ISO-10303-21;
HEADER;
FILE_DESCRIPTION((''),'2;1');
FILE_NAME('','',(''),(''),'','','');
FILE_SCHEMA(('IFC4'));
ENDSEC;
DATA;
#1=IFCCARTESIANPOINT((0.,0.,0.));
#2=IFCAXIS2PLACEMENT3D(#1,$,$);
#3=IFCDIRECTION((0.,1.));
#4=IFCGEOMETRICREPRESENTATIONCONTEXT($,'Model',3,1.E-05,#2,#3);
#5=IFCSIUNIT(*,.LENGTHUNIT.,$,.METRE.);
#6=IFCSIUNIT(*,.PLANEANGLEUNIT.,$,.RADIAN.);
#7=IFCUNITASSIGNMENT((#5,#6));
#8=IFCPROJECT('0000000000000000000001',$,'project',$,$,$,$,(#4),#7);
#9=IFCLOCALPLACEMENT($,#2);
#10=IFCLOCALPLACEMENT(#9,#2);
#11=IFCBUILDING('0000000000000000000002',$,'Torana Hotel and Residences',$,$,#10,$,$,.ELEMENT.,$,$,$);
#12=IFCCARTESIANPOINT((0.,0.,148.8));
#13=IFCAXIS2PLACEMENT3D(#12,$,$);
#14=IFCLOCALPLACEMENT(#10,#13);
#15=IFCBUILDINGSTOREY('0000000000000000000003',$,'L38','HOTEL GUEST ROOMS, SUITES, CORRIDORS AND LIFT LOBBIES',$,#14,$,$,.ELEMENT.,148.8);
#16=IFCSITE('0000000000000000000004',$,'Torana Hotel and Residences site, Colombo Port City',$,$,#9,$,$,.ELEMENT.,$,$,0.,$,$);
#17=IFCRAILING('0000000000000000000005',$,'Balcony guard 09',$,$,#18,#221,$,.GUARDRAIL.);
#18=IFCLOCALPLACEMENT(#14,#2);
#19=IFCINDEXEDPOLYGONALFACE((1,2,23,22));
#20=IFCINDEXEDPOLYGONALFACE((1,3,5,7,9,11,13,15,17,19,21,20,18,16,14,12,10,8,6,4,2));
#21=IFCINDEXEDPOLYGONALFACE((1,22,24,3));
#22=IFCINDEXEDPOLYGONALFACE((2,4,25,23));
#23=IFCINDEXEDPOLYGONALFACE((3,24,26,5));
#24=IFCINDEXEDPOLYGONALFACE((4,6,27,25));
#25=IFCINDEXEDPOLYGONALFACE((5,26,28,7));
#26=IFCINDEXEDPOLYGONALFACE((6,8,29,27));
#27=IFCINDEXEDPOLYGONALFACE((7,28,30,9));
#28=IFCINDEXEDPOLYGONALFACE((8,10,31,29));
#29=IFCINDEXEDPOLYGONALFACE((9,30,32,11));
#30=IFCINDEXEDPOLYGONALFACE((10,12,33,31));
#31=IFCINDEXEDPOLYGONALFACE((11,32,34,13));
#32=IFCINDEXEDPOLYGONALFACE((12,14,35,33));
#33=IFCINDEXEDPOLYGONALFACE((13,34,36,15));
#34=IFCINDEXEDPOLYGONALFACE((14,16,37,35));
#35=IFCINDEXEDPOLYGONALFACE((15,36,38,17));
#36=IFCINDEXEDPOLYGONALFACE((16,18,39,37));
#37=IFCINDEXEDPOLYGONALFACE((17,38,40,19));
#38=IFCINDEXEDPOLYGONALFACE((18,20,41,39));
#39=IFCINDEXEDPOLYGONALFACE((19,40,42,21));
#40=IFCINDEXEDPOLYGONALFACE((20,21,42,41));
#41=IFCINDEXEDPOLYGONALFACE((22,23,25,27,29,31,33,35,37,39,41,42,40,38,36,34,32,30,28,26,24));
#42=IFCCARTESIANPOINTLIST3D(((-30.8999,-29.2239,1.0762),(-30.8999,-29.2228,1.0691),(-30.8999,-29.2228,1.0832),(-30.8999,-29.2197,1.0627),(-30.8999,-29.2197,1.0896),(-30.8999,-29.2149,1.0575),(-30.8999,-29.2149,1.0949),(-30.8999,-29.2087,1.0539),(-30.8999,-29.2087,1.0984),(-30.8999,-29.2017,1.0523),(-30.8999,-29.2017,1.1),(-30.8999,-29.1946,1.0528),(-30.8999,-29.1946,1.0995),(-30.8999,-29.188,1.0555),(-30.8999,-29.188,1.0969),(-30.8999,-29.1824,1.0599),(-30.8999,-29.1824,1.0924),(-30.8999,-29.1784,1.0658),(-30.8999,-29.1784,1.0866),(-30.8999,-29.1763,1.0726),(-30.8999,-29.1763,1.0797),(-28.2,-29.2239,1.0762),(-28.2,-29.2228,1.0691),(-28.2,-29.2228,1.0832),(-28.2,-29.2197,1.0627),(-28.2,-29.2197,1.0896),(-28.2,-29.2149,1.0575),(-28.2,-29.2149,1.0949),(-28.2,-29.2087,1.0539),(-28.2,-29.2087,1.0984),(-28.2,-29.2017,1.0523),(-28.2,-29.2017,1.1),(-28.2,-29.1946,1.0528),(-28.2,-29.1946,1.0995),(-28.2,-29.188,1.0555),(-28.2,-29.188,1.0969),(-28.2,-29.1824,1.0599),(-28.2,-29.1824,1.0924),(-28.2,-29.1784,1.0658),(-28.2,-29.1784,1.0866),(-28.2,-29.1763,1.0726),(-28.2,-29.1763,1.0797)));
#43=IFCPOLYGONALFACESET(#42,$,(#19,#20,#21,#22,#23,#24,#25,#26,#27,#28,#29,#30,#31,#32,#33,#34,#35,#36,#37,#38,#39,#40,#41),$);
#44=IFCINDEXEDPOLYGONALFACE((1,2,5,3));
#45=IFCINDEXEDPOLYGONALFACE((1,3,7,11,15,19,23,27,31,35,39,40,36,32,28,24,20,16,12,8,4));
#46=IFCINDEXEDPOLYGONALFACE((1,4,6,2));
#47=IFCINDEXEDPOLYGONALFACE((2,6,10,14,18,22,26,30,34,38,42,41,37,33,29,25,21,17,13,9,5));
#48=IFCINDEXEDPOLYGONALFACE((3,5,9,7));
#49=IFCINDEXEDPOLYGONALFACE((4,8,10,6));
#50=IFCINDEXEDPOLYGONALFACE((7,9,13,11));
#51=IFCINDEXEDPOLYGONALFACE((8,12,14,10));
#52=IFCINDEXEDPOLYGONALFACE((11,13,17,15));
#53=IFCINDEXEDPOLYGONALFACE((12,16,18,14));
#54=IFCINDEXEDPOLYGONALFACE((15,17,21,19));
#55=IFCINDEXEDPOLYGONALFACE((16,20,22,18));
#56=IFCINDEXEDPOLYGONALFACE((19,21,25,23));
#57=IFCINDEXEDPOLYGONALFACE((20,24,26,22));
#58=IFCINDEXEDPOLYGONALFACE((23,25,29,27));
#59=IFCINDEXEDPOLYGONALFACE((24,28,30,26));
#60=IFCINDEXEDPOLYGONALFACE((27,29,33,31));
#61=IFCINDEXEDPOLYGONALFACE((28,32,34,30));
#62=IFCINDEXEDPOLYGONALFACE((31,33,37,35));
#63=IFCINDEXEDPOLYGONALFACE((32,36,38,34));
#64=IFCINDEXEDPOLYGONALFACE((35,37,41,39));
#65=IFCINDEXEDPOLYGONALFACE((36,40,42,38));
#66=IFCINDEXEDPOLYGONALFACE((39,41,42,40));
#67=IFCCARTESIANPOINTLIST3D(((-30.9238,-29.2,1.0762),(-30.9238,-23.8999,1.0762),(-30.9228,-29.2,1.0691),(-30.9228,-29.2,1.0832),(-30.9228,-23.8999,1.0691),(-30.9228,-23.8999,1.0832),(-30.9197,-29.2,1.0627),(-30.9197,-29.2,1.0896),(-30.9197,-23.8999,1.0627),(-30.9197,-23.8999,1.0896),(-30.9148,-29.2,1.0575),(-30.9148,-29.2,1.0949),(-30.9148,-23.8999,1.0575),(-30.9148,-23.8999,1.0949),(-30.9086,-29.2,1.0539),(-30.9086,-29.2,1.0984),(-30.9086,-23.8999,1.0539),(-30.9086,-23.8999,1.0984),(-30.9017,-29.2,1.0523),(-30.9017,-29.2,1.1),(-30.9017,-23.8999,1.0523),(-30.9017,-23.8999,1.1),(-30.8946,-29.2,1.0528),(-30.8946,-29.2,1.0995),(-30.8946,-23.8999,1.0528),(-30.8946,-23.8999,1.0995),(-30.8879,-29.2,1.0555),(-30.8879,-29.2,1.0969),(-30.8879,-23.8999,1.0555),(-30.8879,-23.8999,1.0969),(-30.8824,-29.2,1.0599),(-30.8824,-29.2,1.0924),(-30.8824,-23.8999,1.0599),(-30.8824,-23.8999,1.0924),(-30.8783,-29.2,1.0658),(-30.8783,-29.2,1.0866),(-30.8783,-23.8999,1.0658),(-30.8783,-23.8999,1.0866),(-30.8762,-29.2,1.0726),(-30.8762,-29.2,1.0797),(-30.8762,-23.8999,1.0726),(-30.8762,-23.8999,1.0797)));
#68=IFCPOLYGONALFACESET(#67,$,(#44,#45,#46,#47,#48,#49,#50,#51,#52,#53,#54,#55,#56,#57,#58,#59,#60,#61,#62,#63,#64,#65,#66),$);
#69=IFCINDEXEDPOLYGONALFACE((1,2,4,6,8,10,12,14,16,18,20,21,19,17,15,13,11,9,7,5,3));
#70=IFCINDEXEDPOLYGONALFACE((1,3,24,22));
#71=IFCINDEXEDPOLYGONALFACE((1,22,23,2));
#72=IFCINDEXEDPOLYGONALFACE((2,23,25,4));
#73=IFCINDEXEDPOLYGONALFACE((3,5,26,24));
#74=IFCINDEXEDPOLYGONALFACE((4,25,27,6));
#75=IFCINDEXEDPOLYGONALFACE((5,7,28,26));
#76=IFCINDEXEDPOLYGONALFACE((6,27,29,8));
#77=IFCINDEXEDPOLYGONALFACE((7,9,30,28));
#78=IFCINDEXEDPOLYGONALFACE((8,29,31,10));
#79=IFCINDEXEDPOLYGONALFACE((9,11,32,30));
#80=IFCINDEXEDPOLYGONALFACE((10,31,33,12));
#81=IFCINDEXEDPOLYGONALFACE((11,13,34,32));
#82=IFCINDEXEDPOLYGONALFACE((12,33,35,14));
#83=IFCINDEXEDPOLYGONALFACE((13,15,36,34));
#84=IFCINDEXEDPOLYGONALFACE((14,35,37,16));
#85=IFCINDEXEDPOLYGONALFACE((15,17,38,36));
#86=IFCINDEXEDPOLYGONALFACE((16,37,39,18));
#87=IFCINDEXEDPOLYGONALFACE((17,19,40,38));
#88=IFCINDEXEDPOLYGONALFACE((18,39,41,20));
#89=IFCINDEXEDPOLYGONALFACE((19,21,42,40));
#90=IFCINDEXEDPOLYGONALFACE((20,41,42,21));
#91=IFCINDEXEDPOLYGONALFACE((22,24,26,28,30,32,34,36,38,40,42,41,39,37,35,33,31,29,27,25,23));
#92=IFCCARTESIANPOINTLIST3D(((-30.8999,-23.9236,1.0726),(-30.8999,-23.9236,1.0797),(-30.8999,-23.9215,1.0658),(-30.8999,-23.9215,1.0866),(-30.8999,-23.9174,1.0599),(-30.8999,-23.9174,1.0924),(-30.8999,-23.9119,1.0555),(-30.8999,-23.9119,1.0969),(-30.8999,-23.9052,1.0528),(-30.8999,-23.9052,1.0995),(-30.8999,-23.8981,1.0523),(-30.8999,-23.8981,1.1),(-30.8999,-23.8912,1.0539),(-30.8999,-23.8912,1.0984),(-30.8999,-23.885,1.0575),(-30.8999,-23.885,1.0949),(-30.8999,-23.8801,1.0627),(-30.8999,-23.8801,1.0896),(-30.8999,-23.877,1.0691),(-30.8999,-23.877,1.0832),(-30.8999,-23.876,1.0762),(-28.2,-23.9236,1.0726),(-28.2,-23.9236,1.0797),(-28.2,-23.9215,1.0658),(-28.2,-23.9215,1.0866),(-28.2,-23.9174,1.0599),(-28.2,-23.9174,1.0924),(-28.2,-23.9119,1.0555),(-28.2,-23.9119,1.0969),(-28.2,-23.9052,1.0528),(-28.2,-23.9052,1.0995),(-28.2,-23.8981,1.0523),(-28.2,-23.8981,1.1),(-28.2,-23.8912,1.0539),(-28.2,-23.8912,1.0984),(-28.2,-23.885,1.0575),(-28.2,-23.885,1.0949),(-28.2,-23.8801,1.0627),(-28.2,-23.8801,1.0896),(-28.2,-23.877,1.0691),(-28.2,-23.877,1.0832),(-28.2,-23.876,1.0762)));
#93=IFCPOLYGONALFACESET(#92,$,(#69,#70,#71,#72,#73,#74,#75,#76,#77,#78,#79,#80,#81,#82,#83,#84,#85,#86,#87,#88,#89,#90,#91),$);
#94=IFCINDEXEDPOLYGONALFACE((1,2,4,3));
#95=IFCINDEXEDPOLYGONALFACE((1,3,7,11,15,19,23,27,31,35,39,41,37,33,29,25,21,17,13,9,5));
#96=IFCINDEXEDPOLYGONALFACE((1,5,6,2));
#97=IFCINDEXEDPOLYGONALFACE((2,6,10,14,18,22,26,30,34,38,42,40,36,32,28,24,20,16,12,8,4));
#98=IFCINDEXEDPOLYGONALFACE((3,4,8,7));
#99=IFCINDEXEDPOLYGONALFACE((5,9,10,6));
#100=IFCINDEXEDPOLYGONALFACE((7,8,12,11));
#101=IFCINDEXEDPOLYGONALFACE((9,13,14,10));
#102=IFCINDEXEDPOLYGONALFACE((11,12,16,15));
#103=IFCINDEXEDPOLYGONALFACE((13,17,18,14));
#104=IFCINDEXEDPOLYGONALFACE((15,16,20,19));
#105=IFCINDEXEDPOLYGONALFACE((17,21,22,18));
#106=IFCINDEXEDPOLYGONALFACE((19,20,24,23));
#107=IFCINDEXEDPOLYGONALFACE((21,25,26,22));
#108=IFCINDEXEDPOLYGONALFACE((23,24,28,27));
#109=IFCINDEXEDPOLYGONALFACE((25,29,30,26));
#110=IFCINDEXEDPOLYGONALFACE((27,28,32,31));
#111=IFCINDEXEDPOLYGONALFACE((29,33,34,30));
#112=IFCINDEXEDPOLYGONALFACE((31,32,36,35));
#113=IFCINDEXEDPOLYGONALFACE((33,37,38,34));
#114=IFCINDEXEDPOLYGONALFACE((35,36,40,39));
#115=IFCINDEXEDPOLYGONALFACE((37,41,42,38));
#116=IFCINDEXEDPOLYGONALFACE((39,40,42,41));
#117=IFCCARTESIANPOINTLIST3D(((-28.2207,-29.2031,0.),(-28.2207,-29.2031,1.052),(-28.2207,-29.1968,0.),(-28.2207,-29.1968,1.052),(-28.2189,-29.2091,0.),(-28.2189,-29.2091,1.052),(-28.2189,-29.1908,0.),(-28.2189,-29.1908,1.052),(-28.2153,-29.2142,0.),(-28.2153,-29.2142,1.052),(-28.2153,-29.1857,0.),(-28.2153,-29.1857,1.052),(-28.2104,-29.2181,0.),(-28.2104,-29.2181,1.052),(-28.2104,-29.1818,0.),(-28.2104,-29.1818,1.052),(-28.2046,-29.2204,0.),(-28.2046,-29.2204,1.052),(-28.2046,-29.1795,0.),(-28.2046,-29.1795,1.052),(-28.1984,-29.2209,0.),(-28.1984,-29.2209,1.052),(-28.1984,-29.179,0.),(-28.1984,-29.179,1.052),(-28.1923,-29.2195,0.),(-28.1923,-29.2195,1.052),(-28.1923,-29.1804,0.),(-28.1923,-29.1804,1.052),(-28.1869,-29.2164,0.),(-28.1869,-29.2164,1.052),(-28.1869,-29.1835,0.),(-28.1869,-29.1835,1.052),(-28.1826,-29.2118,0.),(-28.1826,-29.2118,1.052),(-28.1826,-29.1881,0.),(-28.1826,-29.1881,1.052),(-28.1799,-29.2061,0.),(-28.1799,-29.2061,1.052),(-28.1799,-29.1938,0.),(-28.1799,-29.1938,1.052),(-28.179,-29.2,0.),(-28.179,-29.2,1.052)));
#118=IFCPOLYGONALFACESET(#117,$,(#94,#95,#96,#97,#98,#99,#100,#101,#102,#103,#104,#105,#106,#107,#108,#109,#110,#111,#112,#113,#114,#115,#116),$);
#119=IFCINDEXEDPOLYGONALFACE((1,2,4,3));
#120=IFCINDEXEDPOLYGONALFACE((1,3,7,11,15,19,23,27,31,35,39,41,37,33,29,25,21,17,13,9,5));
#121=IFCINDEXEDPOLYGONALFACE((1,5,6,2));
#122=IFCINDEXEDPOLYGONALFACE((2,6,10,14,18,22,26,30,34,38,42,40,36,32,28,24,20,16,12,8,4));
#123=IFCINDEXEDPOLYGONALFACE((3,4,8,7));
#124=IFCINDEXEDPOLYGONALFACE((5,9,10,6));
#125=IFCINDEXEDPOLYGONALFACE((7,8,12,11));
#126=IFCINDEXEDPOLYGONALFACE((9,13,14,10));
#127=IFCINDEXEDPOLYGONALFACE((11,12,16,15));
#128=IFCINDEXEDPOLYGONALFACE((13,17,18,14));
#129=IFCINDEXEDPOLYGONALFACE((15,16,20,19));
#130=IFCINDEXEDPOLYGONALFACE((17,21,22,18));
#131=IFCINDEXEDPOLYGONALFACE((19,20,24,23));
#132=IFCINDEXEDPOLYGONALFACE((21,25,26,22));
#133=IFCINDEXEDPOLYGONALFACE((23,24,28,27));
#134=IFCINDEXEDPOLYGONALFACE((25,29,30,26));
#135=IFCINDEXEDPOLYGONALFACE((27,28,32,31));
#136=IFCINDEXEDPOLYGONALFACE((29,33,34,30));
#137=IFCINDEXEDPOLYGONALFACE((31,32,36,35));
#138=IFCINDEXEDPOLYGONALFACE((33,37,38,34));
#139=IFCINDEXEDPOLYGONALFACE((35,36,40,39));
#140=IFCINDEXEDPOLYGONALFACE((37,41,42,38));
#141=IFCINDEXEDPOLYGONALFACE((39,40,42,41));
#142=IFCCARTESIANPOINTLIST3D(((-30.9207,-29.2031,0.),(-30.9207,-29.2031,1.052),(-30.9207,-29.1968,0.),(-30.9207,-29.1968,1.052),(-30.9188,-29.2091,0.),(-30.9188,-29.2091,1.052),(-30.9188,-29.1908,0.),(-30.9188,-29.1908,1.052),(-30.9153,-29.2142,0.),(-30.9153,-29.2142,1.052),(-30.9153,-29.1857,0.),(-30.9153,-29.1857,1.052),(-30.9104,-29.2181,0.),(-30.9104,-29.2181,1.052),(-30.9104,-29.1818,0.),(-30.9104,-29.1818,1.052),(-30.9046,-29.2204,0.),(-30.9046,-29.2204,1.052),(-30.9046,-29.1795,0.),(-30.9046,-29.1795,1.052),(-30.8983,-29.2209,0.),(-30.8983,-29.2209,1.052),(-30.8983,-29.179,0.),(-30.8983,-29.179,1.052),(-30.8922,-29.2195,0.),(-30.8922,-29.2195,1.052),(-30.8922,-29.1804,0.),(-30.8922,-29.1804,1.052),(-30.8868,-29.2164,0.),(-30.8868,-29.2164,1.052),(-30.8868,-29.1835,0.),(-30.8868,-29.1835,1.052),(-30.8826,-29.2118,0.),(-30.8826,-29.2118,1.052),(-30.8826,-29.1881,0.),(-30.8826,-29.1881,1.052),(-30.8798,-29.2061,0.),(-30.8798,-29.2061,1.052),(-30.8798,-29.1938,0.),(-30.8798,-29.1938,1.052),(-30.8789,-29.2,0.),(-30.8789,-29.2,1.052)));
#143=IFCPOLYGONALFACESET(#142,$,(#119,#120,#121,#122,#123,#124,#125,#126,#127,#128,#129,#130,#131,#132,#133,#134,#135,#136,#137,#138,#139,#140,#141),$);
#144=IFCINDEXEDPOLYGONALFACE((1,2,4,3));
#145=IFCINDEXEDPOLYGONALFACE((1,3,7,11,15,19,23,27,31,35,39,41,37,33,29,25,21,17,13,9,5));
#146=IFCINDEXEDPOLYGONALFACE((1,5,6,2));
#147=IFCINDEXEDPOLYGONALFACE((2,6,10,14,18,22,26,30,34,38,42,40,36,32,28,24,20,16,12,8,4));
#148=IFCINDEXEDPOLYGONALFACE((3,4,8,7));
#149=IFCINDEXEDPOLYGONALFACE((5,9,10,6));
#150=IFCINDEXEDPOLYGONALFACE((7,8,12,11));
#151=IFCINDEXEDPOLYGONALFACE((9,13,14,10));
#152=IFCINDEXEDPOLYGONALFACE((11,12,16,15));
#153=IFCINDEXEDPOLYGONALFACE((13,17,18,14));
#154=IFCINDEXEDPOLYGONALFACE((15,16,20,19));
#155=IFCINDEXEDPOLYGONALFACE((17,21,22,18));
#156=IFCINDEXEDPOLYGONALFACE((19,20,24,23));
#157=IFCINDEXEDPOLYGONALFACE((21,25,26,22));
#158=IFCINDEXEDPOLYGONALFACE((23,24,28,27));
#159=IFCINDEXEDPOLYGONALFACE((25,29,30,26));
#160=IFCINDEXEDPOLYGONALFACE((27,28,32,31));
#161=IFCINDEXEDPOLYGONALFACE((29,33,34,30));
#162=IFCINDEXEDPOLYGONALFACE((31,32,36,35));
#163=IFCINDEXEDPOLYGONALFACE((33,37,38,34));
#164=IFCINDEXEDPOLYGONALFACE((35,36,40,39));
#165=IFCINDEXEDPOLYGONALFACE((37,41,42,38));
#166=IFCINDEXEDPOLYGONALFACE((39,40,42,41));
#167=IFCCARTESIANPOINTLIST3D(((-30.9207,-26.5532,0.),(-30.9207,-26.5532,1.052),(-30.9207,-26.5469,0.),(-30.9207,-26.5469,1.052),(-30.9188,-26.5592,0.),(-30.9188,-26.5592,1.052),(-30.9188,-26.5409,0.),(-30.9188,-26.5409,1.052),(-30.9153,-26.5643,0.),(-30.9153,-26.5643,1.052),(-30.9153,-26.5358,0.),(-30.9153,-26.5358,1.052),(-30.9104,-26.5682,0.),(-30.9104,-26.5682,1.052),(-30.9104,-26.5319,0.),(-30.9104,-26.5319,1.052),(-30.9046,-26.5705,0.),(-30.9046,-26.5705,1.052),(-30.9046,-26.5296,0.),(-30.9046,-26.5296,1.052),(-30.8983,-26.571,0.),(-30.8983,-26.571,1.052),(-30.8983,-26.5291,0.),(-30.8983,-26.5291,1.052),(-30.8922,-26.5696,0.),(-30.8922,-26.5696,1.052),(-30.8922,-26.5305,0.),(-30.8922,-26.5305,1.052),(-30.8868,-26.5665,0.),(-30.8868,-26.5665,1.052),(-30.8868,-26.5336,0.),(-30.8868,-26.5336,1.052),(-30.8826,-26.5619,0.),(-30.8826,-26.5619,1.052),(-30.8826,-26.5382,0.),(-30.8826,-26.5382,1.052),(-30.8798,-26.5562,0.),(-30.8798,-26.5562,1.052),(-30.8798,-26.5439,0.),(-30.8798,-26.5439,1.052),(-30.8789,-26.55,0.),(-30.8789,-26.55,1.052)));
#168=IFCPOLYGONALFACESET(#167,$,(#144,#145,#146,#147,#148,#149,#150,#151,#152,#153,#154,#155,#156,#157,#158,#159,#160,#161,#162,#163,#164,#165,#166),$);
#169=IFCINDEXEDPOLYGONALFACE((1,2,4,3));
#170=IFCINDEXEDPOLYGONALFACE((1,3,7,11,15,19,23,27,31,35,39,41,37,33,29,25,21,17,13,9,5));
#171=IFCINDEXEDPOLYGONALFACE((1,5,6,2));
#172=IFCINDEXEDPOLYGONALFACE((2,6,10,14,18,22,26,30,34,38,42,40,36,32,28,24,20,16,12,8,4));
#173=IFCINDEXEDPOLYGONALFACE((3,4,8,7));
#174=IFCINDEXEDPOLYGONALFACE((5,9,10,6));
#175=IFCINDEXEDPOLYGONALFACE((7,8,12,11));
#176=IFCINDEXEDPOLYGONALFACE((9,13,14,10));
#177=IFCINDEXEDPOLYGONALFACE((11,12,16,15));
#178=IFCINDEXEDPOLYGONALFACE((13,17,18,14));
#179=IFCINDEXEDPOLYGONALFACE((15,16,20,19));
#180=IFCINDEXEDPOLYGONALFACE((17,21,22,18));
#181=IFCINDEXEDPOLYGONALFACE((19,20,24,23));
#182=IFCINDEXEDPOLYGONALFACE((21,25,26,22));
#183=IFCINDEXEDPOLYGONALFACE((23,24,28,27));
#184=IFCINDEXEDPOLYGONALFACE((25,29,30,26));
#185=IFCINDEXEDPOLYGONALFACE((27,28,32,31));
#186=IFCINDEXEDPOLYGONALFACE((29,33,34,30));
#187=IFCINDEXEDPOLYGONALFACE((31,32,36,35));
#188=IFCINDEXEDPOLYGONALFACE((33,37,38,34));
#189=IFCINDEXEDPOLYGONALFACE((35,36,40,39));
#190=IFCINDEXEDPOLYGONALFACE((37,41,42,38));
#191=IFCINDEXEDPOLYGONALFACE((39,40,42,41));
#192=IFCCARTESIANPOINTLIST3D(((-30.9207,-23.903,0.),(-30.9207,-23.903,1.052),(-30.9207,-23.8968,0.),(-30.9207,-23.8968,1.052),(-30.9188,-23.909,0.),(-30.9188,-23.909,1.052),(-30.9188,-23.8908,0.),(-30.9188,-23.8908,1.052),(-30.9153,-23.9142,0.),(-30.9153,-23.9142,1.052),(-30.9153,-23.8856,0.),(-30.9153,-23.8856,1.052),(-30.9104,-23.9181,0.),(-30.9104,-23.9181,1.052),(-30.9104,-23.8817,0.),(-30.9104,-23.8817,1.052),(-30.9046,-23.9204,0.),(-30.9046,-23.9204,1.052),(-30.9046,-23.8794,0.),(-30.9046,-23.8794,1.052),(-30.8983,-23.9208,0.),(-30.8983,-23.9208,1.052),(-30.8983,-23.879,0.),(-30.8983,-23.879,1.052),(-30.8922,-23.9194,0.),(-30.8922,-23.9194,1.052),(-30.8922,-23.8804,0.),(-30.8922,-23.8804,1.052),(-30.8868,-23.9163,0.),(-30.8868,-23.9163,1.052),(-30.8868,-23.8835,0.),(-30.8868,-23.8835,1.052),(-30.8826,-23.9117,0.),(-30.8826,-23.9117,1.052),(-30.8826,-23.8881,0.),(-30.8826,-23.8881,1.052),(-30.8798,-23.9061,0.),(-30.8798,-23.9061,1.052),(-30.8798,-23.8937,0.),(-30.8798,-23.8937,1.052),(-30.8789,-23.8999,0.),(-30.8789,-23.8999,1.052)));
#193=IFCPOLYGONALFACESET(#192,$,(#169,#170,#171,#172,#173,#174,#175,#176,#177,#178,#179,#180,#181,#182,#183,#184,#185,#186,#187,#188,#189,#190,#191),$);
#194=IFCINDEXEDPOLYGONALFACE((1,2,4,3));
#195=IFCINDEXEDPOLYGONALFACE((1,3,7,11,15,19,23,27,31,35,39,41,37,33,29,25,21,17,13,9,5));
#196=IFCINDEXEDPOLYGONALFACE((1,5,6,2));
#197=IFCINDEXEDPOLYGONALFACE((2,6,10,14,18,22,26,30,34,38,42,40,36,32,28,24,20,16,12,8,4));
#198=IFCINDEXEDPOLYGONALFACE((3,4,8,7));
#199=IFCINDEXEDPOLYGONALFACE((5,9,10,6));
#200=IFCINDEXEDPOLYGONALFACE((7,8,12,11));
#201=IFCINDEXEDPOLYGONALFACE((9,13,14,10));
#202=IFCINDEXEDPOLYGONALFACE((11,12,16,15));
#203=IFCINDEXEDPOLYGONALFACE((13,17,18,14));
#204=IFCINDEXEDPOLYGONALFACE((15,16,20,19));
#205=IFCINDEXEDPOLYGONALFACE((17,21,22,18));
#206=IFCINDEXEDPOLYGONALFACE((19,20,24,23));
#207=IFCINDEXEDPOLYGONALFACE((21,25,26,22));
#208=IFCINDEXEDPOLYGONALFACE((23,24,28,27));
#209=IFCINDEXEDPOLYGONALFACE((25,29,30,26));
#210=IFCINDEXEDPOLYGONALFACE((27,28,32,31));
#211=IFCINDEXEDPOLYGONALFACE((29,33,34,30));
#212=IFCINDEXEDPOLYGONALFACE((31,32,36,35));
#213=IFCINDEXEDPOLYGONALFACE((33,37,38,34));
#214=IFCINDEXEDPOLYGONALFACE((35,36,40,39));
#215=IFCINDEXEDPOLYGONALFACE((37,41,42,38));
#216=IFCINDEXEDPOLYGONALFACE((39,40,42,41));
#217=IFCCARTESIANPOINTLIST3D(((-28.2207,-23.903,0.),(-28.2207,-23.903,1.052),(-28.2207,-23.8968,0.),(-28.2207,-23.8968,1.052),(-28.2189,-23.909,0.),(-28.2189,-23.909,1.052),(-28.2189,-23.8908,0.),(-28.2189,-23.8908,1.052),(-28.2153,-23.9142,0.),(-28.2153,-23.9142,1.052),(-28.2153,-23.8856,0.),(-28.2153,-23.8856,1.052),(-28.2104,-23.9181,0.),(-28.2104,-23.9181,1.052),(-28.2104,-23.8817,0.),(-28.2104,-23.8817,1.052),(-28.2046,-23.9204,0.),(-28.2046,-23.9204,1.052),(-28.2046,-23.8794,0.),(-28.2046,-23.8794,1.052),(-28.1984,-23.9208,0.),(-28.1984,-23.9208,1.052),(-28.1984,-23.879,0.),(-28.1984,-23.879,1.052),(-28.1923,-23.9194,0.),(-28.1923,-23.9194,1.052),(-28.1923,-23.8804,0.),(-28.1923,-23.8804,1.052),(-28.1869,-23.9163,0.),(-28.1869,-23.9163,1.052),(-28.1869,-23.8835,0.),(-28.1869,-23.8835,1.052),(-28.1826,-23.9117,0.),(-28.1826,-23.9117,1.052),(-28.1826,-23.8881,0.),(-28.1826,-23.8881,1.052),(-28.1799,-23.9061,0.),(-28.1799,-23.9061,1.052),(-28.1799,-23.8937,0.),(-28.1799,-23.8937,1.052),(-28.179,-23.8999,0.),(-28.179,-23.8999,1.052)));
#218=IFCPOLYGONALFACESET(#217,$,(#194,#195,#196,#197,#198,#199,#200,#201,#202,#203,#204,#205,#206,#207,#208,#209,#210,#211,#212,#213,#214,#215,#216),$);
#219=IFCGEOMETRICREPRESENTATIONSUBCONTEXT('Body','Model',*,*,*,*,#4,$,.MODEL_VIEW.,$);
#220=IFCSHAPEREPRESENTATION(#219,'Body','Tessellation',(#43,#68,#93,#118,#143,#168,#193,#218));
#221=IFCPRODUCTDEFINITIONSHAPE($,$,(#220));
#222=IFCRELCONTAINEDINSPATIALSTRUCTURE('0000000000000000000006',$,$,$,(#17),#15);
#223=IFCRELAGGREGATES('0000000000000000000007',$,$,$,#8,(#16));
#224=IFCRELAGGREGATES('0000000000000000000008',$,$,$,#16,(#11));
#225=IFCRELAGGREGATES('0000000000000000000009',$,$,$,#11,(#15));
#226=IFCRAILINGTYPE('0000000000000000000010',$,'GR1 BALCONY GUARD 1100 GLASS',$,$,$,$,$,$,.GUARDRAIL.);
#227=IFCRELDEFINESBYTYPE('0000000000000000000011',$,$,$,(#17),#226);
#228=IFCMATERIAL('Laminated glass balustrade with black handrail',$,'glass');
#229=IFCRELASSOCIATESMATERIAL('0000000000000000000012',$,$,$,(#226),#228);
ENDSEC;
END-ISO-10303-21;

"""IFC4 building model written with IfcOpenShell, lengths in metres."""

from ifc_helpers import new_model, si_unit, direction, frame, origin, origin_2d, place, context, subcontext, project, spatial, circle, extrude, material, type_object, element, save


model = new_model("IFC4")

# Units and contexts
model_context = context("Model", 3, precision=1e-05, world=origin(), true_north=direction((0.0, 1.0)))
body_context = subcontext(model_context, "Body", "Model", "MODEL_VIEW")
ifc_project = project(units=[si_unit("LENGTHUNIT", "METRE"), si_unit("PLANEANGLEUNIT", "RADIAN")], contexts=[model_context])

# Site, building, storey
site_placement = place(None, origin())
site = spatial("IfcSite", under=ifc_project, at=site_placement, Name="Torana Hotel and Residences site, Colombo Port City", CompositionType="ELEMENT", RefElevation=0.0)
building_placement = place(site_placement, origin())
building = spatial("IfcBuilding", under=site, at=building_placement, Name="Torana Hotel and Residences", CompositionType="ELEMENT")
storey_placement = place(building_placement, frame((0.0, 0.0, 148.8)))
storey = spatial("IfcBuildingStorey", under=building, at=storey_placement, Name="L38", Description="HOTEL GUEST ROOMS, SUITES, CORRIDORS AND LIFT LOBBIES", CompositionType="ELEMENT", Elevation=148.8)

# Railing
ifc_material_1 = material(Name="Laminated glass balustrade with black handrail", Category="glass")
railing_type = type_object("IfcRailingType", Name="GR1 BALCONY GUARD 1100 GLASS", PredefinedType="GUARDRAIL", material=ifc_material_1)
railing_placement = place(storey_placement, frame((-28.2, -29.2, 0.0)))
element("IfcRailing", 1, at=railing_placement, inside=storey, type_object=railing_type, Name="Balcony guard 09", PredefinedType="GUARDRAIL", context=body_context, shape_type="SweptSolid", body=[
    extrude(circle(Radius=0.0239, at=origin_2d()), frame((0.0, 0.0, 1.0762), z_axis=(-1.0, 0.0, 0.0), x_axis=(0.0, -1.0, 0.0)), (0.0, 0.0, 1.0), 2.7),
    extrude(circle(Radius=0.0239, at=origin_2d()), frame((-2.7, 0.0, 1.0762), z_axis=(0.0, 1.0, 0.0), x_axis=(-1.0, 0.0, 0.0)), (0.0, 0.0, 1.0), 5.3),
    extrude(circle(Radius=0.0239, at=origin_2d()), frame((-2.7, 5.3, 1.0762), z_axis=(1.0, 0.0, 0.0), x_axis=(0.0, 1.0, 0.0)), (0.0, 0.0, 1.0), 2.7),
    extrude(circle(Radius=0.021, at=origin_2d()), origin(), (0.0, 0.0, 1.0), 1.052),
    extrude(circle(Radius=0.021, at=origin_2d()), frame((-2.7, 0.0, 0.0)), (0.0, 0.0, 1.0), 1.052),
    extrude(circle(Radius=0.021, at=origin_2d()), frame((-2.7, 2.6499, 0.0)), (0.0, 0.0, 1.0), 1.052),
    extrude(circle(Radius=0.021, at=origin_2d()), frame((-2.7, 5.3, 0.0)), (0.0, 0.0, 1.0), 1.052),
    extrude(circle(Radius=0.021, at=origin_2d()), frame((0.0, 5.3, 0.0)), (0.0, 0.0, 1.0), 1.052),
])

save(model, "model.ifc")
